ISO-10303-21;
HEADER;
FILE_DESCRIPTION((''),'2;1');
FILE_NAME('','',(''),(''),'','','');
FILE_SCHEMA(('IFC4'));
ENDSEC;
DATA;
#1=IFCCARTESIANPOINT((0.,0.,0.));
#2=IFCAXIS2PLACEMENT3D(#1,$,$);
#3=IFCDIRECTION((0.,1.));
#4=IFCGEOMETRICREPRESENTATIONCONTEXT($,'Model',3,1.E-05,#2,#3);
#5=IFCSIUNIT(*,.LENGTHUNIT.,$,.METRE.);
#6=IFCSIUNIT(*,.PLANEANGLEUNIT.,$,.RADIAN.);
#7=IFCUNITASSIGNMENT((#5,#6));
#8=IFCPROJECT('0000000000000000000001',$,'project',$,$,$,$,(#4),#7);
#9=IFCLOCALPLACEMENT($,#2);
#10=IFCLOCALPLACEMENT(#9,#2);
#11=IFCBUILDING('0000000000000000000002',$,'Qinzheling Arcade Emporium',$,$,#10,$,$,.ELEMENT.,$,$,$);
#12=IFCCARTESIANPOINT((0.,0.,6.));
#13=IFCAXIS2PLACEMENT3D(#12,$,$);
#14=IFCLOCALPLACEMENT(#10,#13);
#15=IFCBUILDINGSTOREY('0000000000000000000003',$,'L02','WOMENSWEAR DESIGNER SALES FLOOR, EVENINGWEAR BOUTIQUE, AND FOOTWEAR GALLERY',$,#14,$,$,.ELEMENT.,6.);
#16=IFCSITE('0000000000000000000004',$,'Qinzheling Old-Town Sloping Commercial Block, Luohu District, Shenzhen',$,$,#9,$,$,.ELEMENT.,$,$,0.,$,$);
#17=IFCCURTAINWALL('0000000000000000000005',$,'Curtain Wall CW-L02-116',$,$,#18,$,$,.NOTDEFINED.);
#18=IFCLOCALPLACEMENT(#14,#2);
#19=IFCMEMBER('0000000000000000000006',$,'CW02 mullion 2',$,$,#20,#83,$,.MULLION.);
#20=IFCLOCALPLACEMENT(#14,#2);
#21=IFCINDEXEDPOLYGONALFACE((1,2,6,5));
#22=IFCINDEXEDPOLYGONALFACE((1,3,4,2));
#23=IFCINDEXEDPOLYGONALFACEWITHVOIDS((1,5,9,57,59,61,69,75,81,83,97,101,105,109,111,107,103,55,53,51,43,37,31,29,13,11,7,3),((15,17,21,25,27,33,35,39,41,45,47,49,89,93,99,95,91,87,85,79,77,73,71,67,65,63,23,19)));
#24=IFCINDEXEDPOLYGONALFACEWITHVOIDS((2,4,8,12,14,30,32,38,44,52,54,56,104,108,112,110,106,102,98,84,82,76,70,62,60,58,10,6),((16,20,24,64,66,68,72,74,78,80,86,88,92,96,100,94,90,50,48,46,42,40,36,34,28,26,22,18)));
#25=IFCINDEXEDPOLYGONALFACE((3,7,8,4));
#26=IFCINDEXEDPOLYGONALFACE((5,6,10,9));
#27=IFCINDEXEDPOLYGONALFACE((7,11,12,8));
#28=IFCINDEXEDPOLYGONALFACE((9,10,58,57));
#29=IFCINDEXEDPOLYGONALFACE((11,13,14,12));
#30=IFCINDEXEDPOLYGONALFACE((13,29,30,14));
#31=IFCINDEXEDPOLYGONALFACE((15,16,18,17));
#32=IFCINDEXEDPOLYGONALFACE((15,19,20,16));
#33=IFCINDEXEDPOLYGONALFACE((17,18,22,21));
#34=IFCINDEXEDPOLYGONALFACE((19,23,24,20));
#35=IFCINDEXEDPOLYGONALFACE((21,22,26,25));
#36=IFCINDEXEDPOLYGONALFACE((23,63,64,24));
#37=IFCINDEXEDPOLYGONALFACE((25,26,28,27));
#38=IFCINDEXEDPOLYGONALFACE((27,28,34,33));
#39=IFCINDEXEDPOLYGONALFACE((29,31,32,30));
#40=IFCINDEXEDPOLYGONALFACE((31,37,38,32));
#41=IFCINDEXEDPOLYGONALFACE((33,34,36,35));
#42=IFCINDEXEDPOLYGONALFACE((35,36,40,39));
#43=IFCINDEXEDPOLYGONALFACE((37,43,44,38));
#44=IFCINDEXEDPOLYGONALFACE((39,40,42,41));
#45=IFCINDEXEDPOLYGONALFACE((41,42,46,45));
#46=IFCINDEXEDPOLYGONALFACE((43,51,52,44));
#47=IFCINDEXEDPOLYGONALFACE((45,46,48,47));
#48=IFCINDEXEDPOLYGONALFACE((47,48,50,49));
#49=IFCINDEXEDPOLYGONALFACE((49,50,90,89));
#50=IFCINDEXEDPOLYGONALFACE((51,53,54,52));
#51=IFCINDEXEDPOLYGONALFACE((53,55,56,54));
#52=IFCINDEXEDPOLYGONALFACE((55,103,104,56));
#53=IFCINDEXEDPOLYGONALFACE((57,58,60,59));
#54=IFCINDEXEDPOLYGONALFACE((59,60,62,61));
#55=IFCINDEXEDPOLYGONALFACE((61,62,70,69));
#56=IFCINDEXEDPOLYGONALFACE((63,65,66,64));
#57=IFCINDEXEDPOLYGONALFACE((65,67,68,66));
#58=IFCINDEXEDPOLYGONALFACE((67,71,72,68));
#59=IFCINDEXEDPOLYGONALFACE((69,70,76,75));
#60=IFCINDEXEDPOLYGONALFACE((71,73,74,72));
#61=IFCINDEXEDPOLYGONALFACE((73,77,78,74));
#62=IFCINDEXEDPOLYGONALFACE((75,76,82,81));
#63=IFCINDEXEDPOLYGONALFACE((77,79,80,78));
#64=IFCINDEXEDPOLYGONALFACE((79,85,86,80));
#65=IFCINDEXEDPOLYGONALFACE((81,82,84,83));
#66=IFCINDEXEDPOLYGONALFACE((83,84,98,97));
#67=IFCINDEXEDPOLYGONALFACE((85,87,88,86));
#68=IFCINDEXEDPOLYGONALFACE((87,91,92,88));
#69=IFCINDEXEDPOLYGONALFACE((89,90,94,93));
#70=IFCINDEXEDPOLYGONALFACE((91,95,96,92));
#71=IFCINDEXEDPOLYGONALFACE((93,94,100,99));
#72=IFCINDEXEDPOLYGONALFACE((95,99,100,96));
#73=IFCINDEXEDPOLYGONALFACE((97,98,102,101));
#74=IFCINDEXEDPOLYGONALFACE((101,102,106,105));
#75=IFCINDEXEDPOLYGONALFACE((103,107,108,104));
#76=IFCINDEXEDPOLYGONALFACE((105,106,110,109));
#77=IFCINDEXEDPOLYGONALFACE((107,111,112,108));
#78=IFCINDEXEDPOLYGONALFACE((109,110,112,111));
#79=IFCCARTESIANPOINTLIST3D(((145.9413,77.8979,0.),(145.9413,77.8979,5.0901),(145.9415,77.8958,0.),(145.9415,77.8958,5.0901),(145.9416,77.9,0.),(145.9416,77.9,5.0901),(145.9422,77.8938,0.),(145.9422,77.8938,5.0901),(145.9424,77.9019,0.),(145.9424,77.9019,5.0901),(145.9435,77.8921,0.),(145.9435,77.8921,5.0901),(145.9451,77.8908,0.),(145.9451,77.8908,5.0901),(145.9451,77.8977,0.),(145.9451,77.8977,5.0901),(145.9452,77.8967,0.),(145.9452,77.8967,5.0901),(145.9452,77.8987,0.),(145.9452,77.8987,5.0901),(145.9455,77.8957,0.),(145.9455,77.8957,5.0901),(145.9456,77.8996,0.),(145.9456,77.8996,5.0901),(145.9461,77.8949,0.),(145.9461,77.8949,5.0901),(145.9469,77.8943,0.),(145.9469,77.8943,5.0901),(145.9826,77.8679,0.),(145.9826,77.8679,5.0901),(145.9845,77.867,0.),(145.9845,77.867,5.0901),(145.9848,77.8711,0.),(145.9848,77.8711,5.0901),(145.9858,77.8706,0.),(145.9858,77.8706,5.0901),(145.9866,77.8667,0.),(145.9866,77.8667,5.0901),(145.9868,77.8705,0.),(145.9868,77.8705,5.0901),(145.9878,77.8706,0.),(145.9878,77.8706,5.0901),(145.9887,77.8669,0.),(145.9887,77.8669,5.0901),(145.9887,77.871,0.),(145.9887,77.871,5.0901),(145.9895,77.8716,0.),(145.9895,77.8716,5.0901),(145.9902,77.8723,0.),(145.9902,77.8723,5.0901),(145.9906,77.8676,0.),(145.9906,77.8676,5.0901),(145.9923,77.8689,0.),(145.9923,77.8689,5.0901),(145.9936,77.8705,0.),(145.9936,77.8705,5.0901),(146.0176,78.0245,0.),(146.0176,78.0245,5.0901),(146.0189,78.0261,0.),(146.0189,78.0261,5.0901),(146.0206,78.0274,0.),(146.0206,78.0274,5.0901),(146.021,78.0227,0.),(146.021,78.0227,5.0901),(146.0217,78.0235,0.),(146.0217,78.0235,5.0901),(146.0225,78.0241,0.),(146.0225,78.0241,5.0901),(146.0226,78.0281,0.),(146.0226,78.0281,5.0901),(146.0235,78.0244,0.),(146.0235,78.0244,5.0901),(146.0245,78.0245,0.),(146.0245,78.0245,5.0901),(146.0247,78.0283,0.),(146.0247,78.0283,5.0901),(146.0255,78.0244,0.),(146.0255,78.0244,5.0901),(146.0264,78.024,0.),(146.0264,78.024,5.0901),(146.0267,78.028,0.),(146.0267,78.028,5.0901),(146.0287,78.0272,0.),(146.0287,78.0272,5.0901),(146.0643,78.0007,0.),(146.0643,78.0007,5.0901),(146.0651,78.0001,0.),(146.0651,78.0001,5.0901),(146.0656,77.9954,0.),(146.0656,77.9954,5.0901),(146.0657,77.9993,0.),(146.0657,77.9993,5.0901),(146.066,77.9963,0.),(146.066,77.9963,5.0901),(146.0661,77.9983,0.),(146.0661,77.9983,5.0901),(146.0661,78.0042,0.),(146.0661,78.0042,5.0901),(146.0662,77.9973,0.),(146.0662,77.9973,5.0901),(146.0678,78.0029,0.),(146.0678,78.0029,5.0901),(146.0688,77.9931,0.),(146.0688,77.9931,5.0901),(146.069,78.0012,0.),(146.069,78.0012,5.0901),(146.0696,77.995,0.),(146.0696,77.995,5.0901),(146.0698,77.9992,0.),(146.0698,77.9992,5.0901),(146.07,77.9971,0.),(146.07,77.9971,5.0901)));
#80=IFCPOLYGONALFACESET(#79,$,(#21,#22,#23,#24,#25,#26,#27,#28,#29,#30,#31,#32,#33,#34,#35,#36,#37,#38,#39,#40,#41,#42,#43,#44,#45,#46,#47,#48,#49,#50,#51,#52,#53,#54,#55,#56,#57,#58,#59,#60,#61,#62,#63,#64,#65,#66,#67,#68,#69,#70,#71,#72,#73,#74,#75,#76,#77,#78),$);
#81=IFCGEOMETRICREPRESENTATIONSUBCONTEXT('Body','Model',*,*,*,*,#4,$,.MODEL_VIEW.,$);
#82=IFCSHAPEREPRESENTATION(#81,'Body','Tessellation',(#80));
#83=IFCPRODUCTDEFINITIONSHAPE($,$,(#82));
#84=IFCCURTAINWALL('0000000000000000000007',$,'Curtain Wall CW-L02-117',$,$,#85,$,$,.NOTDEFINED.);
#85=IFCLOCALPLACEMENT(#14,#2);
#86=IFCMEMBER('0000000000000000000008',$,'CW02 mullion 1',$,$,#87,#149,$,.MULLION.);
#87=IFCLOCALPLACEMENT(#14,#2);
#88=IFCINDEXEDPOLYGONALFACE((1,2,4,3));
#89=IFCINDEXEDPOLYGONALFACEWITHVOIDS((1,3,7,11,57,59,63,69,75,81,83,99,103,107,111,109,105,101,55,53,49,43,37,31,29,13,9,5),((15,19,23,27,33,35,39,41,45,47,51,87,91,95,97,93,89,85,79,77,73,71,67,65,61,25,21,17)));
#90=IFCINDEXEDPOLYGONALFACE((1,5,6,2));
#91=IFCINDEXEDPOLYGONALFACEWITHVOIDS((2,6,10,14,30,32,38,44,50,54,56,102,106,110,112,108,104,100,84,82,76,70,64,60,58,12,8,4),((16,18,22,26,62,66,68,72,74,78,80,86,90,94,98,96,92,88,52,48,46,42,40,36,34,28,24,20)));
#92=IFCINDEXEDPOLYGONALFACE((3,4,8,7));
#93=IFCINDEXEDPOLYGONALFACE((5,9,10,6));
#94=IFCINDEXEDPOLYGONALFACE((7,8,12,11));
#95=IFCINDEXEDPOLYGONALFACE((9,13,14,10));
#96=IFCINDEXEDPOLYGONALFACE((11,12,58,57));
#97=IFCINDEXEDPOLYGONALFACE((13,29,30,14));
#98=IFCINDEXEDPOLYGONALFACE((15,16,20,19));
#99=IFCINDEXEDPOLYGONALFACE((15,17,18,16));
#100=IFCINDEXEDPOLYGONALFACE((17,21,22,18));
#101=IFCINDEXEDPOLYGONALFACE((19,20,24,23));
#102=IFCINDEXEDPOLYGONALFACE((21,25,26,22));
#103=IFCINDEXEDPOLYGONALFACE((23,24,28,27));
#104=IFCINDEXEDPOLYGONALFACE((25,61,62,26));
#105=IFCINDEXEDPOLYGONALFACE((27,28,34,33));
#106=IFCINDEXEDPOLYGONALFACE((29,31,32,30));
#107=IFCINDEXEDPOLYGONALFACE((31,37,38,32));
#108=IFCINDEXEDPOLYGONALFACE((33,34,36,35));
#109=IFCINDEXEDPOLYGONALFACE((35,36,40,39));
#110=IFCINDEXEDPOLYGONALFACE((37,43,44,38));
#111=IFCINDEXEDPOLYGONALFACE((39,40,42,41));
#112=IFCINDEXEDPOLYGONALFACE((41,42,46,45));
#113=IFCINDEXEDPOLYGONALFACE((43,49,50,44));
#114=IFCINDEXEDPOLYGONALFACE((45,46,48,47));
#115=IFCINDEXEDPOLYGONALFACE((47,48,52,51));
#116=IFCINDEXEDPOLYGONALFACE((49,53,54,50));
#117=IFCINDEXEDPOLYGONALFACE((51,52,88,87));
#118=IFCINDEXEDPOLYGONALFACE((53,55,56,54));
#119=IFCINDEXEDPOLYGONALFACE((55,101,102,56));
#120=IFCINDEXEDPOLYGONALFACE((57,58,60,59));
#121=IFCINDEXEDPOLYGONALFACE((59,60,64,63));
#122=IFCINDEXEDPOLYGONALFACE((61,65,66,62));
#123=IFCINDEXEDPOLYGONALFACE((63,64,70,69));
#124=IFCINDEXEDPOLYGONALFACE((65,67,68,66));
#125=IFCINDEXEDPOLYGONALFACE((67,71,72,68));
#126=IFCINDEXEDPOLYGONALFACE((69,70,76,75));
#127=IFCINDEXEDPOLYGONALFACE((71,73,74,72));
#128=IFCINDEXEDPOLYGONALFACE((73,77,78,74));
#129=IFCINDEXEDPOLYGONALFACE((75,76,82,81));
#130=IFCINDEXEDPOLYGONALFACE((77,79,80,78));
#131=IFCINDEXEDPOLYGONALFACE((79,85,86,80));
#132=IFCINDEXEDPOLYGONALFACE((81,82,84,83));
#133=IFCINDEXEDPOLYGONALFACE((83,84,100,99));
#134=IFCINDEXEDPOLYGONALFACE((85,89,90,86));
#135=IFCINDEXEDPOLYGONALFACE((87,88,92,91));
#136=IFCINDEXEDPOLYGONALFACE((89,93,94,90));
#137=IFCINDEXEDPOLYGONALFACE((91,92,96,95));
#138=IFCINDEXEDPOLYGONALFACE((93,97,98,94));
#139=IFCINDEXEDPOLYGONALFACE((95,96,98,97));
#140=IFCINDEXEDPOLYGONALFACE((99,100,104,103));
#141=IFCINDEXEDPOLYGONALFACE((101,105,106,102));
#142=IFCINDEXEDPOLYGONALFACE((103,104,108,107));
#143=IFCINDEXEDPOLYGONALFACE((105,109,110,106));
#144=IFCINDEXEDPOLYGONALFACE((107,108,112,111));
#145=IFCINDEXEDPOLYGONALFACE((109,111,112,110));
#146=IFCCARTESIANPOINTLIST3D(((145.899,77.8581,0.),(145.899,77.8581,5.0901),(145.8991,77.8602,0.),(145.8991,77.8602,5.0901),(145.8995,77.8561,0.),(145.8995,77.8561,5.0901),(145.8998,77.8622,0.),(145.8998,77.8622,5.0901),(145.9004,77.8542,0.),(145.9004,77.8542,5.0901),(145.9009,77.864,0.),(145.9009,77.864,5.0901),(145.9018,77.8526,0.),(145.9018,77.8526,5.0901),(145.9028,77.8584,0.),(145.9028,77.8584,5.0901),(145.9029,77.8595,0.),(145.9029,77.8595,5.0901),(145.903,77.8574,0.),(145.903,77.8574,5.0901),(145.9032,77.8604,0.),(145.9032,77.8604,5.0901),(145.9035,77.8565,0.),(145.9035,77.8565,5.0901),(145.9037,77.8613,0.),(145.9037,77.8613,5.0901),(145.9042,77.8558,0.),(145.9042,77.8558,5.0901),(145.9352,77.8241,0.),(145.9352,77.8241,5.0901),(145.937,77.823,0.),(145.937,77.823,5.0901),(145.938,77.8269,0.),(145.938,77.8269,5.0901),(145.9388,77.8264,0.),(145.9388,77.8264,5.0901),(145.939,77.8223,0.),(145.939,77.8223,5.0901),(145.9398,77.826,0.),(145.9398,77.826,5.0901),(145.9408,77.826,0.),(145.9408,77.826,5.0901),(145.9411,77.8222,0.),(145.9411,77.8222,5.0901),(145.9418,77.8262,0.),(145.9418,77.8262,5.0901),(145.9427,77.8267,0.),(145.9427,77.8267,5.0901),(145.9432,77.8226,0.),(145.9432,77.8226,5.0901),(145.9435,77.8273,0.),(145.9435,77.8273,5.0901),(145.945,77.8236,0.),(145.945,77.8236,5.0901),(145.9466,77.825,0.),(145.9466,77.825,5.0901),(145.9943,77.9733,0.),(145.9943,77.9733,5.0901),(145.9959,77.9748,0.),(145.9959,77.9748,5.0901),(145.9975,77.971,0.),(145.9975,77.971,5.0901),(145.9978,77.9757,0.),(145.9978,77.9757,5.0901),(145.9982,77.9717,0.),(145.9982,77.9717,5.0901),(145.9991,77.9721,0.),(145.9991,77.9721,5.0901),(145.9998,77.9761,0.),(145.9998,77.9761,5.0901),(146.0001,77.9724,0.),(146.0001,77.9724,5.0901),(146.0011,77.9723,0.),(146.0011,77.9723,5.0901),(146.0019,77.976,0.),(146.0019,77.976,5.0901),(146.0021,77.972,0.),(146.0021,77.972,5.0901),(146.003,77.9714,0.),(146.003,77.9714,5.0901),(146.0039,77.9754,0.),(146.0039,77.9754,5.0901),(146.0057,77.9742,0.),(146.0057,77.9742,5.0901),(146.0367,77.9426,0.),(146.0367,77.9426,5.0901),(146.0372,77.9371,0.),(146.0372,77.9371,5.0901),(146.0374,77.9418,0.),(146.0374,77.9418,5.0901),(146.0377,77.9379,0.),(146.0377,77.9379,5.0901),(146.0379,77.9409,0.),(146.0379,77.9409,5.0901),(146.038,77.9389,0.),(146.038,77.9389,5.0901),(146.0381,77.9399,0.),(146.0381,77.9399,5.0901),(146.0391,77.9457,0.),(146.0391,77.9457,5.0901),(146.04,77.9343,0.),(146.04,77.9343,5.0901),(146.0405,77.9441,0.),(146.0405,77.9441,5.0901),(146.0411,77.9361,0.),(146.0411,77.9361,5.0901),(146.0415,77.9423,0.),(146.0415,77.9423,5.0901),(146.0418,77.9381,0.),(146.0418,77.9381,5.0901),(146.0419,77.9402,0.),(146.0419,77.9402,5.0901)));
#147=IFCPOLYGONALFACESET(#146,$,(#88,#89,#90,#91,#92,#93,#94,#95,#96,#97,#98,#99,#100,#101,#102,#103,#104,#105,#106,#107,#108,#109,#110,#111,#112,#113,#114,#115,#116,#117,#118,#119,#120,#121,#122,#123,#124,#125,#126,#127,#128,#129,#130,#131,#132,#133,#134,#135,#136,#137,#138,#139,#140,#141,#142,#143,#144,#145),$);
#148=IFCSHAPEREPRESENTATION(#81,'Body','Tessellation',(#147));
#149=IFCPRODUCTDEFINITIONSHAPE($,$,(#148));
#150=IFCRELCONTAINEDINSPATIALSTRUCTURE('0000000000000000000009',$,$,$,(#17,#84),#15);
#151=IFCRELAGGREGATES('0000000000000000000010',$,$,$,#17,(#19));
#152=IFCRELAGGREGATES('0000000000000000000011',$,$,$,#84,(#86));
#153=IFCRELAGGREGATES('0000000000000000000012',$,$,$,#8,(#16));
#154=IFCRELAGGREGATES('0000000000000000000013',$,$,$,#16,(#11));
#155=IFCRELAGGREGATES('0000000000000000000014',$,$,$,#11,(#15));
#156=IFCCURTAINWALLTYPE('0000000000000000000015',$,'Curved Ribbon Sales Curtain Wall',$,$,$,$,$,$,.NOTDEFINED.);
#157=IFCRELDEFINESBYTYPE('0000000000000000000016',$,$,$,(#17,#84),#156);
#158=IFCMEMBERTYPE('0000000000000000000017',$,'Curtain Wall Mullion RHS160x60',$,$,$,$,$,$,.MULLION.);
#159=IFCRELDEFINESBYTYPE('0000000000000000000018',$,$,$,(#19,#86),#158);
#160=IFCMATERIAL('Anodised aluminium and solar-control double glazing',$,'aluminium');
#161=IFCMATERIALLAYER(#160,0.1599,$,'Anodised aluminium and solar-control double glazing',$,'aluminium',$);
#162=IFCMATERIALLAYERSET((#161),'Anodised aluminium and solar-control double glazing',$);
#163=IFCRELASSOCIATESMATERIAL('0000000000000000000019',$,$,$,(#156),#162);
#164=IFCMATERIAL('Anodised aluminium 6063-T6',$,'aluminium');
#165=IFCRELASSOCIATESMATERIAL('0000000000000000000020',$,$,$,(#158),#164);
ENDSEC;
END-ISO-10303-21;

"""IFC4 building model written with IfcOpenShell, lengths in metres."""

from ifc_helpers import new_model, si_unit, direction, frame, origin, origin_2d, place, context, subcontext, project, spatial, hollow_rectangle, extrude, material, layer, layer_set, material_profile, profile_set, type_object, element, aggregate, save


model = new_model("IFC4")

# Units and contexts
model_context = context("Model", 3, precision=1e-05, world=origin(), true_north=direction((0.0, 1.0)))
body_context = subcontext(model_context, "Body", "Model", "MODEL_VIEW")
ifc_project = project(units=[si_unit("LENGTHUNIT", "METRE"), si_unit("PLANEANGLEUNIT", "RADIAN")], contexts=[model_context])

# Site, building, storey
site_placement = place(None, origin())
site = spatial("IfcSite", under=ifc_project, at=site_placement, Name="Qinzheling Old-Town Sloping Commercial Block, Luohu District, Shenzhen", CompositionType="ELEMENT", RefElevation=0.0)
building_placement = place(site_placement, origin())
building = spatial("IfcBuilding", under=site, at=building_placement, Name="Qinzheling Arcade Emporium", CompositionType="ELEMENT")
storey_placement = place(building_placement, frame((0.0, 0.0, 6.0)))
storey = spatial("IfcBuildingStorey", under=building, at=storey_placement, Name="L02", Description="WOMENSWEAR DESIGNER SALES FLOOR, EVENINGWEAR BOUTIQUE, AND FOOTWEAR GALLERY", CompositionType="ELEMENT", Elevation=6.0)

# Curtain wall, member
ifc_material_1 = material(Name="Anodised aluminium and solar-control double glazing", Category="aluminium")
ifc_layer_1 = layer(ifc_material_1, 0.1599, Name="Anodised aluminium and solar-control double glazing", Category="aluminium")
ifc_layer_set_1 = layer_set([ifc_layer_1], Name="Anodised aluminium and solar-control double glazing")
curtain_wall_type = type_object("IfcCurtainWallType", Name="Curved Ribbon Sales Curtain Wall", PredefinedType="NOTDEFINED", material=ifc_layer_set_1)
curtain_wall_1_placement = place(storey_placement, origin())
curtain_wall_1 = element("IfcCurtainWall", 1, at=curtain_wall_1_placement, inside=storey, type_object=curtain_wall_type, Name="Curtain Wall CW-L02-116", PredefinedType="NOTDEFINED")
ifc_material_2 = material(Name="Anodised aluminium 6063-T6", Category="aluminium")
ifc_material_profile_1 = material_profile(ifc_material_2, hollow_rectangle(XDim=0.0601, YDim=0.1599, WallThickness=0.0039, InnerFilletRadius=0.0039, OuterFilletRadius=0.0081, at=origin_2d()), Name="RHS 160x60x4", Category="aluminium")
ifc_profile_set_1 = profile_set([ifc_material_profile_1], Name="Anodised aluminium 6063-T6")
member_type_1 = type_object("IfcMemberType", Name="Curtain Wall Mullion RHS160x60", PredefinedType="MULLION", material=ifc_profile_set_1)
member_1_placement = place(storey_placement, frame((146.0056, 77.9475, 0.0), z_axis=(0.0, 0.0, 1.0), x_axis=(0.85262, -0.522532, 0.0)))
member_1 = element("IfcMember", 2, at=member_1_placement, type_object=member_type_1, Name="CW02 mullion 2", PredefinedType="MULLION", context=body_context, shape_type="SweptSolid", body=[
    extrude(hollow_rectangle(XDim=0.0601, YDim=0.1599, WallThickness=0.0039, InnerFilletRadius=0.0039, OuterFilletRadius=0.0081, at=origin_2d()), origin(), (0.0, 0.0, 1.0), 5.0901),
])

# Curtain wall, member
curtain_wall_2_placement = place(storey_placement, origin())
curtain_wall_2 = element("IfcCurtainWall", 3, at=curtain_wall_2_placement, inside=storey, type_object=curtain_wall_type, Name="Curtain Wall CW-L02-117", PredefinedType="NOTDEFINED")
member_2_placement = place(storey_placement, frame((145.9705, 77.8992, 0.0), z_axis=(0.0, 0.0, 1.0), x_axis=(0.76038, -0.649478, 0.0)))
member_2 = element("IfcMember", 4, at=member_2_placement, type_object=member_type_1, Name="CW02 mullion 1", PredefinedType="MULLION", context=body_context, shape_type="SweptSolid", body=[
    extrude(hollow_rectangle(XDim=0.0601, YDim=0.1599, WallThickness=0.0039, InnerFilletRadius=0.0039, OuterFilletRadius=0.0081, at=origin_2d()), origin(), (0.0, 0.0, 1.0), 5.0901),
])

aggregate(curtain_wall_1, [member_1])
aggregate(curtain_wall_2, [member_2])

save(model, "model.ifc")
